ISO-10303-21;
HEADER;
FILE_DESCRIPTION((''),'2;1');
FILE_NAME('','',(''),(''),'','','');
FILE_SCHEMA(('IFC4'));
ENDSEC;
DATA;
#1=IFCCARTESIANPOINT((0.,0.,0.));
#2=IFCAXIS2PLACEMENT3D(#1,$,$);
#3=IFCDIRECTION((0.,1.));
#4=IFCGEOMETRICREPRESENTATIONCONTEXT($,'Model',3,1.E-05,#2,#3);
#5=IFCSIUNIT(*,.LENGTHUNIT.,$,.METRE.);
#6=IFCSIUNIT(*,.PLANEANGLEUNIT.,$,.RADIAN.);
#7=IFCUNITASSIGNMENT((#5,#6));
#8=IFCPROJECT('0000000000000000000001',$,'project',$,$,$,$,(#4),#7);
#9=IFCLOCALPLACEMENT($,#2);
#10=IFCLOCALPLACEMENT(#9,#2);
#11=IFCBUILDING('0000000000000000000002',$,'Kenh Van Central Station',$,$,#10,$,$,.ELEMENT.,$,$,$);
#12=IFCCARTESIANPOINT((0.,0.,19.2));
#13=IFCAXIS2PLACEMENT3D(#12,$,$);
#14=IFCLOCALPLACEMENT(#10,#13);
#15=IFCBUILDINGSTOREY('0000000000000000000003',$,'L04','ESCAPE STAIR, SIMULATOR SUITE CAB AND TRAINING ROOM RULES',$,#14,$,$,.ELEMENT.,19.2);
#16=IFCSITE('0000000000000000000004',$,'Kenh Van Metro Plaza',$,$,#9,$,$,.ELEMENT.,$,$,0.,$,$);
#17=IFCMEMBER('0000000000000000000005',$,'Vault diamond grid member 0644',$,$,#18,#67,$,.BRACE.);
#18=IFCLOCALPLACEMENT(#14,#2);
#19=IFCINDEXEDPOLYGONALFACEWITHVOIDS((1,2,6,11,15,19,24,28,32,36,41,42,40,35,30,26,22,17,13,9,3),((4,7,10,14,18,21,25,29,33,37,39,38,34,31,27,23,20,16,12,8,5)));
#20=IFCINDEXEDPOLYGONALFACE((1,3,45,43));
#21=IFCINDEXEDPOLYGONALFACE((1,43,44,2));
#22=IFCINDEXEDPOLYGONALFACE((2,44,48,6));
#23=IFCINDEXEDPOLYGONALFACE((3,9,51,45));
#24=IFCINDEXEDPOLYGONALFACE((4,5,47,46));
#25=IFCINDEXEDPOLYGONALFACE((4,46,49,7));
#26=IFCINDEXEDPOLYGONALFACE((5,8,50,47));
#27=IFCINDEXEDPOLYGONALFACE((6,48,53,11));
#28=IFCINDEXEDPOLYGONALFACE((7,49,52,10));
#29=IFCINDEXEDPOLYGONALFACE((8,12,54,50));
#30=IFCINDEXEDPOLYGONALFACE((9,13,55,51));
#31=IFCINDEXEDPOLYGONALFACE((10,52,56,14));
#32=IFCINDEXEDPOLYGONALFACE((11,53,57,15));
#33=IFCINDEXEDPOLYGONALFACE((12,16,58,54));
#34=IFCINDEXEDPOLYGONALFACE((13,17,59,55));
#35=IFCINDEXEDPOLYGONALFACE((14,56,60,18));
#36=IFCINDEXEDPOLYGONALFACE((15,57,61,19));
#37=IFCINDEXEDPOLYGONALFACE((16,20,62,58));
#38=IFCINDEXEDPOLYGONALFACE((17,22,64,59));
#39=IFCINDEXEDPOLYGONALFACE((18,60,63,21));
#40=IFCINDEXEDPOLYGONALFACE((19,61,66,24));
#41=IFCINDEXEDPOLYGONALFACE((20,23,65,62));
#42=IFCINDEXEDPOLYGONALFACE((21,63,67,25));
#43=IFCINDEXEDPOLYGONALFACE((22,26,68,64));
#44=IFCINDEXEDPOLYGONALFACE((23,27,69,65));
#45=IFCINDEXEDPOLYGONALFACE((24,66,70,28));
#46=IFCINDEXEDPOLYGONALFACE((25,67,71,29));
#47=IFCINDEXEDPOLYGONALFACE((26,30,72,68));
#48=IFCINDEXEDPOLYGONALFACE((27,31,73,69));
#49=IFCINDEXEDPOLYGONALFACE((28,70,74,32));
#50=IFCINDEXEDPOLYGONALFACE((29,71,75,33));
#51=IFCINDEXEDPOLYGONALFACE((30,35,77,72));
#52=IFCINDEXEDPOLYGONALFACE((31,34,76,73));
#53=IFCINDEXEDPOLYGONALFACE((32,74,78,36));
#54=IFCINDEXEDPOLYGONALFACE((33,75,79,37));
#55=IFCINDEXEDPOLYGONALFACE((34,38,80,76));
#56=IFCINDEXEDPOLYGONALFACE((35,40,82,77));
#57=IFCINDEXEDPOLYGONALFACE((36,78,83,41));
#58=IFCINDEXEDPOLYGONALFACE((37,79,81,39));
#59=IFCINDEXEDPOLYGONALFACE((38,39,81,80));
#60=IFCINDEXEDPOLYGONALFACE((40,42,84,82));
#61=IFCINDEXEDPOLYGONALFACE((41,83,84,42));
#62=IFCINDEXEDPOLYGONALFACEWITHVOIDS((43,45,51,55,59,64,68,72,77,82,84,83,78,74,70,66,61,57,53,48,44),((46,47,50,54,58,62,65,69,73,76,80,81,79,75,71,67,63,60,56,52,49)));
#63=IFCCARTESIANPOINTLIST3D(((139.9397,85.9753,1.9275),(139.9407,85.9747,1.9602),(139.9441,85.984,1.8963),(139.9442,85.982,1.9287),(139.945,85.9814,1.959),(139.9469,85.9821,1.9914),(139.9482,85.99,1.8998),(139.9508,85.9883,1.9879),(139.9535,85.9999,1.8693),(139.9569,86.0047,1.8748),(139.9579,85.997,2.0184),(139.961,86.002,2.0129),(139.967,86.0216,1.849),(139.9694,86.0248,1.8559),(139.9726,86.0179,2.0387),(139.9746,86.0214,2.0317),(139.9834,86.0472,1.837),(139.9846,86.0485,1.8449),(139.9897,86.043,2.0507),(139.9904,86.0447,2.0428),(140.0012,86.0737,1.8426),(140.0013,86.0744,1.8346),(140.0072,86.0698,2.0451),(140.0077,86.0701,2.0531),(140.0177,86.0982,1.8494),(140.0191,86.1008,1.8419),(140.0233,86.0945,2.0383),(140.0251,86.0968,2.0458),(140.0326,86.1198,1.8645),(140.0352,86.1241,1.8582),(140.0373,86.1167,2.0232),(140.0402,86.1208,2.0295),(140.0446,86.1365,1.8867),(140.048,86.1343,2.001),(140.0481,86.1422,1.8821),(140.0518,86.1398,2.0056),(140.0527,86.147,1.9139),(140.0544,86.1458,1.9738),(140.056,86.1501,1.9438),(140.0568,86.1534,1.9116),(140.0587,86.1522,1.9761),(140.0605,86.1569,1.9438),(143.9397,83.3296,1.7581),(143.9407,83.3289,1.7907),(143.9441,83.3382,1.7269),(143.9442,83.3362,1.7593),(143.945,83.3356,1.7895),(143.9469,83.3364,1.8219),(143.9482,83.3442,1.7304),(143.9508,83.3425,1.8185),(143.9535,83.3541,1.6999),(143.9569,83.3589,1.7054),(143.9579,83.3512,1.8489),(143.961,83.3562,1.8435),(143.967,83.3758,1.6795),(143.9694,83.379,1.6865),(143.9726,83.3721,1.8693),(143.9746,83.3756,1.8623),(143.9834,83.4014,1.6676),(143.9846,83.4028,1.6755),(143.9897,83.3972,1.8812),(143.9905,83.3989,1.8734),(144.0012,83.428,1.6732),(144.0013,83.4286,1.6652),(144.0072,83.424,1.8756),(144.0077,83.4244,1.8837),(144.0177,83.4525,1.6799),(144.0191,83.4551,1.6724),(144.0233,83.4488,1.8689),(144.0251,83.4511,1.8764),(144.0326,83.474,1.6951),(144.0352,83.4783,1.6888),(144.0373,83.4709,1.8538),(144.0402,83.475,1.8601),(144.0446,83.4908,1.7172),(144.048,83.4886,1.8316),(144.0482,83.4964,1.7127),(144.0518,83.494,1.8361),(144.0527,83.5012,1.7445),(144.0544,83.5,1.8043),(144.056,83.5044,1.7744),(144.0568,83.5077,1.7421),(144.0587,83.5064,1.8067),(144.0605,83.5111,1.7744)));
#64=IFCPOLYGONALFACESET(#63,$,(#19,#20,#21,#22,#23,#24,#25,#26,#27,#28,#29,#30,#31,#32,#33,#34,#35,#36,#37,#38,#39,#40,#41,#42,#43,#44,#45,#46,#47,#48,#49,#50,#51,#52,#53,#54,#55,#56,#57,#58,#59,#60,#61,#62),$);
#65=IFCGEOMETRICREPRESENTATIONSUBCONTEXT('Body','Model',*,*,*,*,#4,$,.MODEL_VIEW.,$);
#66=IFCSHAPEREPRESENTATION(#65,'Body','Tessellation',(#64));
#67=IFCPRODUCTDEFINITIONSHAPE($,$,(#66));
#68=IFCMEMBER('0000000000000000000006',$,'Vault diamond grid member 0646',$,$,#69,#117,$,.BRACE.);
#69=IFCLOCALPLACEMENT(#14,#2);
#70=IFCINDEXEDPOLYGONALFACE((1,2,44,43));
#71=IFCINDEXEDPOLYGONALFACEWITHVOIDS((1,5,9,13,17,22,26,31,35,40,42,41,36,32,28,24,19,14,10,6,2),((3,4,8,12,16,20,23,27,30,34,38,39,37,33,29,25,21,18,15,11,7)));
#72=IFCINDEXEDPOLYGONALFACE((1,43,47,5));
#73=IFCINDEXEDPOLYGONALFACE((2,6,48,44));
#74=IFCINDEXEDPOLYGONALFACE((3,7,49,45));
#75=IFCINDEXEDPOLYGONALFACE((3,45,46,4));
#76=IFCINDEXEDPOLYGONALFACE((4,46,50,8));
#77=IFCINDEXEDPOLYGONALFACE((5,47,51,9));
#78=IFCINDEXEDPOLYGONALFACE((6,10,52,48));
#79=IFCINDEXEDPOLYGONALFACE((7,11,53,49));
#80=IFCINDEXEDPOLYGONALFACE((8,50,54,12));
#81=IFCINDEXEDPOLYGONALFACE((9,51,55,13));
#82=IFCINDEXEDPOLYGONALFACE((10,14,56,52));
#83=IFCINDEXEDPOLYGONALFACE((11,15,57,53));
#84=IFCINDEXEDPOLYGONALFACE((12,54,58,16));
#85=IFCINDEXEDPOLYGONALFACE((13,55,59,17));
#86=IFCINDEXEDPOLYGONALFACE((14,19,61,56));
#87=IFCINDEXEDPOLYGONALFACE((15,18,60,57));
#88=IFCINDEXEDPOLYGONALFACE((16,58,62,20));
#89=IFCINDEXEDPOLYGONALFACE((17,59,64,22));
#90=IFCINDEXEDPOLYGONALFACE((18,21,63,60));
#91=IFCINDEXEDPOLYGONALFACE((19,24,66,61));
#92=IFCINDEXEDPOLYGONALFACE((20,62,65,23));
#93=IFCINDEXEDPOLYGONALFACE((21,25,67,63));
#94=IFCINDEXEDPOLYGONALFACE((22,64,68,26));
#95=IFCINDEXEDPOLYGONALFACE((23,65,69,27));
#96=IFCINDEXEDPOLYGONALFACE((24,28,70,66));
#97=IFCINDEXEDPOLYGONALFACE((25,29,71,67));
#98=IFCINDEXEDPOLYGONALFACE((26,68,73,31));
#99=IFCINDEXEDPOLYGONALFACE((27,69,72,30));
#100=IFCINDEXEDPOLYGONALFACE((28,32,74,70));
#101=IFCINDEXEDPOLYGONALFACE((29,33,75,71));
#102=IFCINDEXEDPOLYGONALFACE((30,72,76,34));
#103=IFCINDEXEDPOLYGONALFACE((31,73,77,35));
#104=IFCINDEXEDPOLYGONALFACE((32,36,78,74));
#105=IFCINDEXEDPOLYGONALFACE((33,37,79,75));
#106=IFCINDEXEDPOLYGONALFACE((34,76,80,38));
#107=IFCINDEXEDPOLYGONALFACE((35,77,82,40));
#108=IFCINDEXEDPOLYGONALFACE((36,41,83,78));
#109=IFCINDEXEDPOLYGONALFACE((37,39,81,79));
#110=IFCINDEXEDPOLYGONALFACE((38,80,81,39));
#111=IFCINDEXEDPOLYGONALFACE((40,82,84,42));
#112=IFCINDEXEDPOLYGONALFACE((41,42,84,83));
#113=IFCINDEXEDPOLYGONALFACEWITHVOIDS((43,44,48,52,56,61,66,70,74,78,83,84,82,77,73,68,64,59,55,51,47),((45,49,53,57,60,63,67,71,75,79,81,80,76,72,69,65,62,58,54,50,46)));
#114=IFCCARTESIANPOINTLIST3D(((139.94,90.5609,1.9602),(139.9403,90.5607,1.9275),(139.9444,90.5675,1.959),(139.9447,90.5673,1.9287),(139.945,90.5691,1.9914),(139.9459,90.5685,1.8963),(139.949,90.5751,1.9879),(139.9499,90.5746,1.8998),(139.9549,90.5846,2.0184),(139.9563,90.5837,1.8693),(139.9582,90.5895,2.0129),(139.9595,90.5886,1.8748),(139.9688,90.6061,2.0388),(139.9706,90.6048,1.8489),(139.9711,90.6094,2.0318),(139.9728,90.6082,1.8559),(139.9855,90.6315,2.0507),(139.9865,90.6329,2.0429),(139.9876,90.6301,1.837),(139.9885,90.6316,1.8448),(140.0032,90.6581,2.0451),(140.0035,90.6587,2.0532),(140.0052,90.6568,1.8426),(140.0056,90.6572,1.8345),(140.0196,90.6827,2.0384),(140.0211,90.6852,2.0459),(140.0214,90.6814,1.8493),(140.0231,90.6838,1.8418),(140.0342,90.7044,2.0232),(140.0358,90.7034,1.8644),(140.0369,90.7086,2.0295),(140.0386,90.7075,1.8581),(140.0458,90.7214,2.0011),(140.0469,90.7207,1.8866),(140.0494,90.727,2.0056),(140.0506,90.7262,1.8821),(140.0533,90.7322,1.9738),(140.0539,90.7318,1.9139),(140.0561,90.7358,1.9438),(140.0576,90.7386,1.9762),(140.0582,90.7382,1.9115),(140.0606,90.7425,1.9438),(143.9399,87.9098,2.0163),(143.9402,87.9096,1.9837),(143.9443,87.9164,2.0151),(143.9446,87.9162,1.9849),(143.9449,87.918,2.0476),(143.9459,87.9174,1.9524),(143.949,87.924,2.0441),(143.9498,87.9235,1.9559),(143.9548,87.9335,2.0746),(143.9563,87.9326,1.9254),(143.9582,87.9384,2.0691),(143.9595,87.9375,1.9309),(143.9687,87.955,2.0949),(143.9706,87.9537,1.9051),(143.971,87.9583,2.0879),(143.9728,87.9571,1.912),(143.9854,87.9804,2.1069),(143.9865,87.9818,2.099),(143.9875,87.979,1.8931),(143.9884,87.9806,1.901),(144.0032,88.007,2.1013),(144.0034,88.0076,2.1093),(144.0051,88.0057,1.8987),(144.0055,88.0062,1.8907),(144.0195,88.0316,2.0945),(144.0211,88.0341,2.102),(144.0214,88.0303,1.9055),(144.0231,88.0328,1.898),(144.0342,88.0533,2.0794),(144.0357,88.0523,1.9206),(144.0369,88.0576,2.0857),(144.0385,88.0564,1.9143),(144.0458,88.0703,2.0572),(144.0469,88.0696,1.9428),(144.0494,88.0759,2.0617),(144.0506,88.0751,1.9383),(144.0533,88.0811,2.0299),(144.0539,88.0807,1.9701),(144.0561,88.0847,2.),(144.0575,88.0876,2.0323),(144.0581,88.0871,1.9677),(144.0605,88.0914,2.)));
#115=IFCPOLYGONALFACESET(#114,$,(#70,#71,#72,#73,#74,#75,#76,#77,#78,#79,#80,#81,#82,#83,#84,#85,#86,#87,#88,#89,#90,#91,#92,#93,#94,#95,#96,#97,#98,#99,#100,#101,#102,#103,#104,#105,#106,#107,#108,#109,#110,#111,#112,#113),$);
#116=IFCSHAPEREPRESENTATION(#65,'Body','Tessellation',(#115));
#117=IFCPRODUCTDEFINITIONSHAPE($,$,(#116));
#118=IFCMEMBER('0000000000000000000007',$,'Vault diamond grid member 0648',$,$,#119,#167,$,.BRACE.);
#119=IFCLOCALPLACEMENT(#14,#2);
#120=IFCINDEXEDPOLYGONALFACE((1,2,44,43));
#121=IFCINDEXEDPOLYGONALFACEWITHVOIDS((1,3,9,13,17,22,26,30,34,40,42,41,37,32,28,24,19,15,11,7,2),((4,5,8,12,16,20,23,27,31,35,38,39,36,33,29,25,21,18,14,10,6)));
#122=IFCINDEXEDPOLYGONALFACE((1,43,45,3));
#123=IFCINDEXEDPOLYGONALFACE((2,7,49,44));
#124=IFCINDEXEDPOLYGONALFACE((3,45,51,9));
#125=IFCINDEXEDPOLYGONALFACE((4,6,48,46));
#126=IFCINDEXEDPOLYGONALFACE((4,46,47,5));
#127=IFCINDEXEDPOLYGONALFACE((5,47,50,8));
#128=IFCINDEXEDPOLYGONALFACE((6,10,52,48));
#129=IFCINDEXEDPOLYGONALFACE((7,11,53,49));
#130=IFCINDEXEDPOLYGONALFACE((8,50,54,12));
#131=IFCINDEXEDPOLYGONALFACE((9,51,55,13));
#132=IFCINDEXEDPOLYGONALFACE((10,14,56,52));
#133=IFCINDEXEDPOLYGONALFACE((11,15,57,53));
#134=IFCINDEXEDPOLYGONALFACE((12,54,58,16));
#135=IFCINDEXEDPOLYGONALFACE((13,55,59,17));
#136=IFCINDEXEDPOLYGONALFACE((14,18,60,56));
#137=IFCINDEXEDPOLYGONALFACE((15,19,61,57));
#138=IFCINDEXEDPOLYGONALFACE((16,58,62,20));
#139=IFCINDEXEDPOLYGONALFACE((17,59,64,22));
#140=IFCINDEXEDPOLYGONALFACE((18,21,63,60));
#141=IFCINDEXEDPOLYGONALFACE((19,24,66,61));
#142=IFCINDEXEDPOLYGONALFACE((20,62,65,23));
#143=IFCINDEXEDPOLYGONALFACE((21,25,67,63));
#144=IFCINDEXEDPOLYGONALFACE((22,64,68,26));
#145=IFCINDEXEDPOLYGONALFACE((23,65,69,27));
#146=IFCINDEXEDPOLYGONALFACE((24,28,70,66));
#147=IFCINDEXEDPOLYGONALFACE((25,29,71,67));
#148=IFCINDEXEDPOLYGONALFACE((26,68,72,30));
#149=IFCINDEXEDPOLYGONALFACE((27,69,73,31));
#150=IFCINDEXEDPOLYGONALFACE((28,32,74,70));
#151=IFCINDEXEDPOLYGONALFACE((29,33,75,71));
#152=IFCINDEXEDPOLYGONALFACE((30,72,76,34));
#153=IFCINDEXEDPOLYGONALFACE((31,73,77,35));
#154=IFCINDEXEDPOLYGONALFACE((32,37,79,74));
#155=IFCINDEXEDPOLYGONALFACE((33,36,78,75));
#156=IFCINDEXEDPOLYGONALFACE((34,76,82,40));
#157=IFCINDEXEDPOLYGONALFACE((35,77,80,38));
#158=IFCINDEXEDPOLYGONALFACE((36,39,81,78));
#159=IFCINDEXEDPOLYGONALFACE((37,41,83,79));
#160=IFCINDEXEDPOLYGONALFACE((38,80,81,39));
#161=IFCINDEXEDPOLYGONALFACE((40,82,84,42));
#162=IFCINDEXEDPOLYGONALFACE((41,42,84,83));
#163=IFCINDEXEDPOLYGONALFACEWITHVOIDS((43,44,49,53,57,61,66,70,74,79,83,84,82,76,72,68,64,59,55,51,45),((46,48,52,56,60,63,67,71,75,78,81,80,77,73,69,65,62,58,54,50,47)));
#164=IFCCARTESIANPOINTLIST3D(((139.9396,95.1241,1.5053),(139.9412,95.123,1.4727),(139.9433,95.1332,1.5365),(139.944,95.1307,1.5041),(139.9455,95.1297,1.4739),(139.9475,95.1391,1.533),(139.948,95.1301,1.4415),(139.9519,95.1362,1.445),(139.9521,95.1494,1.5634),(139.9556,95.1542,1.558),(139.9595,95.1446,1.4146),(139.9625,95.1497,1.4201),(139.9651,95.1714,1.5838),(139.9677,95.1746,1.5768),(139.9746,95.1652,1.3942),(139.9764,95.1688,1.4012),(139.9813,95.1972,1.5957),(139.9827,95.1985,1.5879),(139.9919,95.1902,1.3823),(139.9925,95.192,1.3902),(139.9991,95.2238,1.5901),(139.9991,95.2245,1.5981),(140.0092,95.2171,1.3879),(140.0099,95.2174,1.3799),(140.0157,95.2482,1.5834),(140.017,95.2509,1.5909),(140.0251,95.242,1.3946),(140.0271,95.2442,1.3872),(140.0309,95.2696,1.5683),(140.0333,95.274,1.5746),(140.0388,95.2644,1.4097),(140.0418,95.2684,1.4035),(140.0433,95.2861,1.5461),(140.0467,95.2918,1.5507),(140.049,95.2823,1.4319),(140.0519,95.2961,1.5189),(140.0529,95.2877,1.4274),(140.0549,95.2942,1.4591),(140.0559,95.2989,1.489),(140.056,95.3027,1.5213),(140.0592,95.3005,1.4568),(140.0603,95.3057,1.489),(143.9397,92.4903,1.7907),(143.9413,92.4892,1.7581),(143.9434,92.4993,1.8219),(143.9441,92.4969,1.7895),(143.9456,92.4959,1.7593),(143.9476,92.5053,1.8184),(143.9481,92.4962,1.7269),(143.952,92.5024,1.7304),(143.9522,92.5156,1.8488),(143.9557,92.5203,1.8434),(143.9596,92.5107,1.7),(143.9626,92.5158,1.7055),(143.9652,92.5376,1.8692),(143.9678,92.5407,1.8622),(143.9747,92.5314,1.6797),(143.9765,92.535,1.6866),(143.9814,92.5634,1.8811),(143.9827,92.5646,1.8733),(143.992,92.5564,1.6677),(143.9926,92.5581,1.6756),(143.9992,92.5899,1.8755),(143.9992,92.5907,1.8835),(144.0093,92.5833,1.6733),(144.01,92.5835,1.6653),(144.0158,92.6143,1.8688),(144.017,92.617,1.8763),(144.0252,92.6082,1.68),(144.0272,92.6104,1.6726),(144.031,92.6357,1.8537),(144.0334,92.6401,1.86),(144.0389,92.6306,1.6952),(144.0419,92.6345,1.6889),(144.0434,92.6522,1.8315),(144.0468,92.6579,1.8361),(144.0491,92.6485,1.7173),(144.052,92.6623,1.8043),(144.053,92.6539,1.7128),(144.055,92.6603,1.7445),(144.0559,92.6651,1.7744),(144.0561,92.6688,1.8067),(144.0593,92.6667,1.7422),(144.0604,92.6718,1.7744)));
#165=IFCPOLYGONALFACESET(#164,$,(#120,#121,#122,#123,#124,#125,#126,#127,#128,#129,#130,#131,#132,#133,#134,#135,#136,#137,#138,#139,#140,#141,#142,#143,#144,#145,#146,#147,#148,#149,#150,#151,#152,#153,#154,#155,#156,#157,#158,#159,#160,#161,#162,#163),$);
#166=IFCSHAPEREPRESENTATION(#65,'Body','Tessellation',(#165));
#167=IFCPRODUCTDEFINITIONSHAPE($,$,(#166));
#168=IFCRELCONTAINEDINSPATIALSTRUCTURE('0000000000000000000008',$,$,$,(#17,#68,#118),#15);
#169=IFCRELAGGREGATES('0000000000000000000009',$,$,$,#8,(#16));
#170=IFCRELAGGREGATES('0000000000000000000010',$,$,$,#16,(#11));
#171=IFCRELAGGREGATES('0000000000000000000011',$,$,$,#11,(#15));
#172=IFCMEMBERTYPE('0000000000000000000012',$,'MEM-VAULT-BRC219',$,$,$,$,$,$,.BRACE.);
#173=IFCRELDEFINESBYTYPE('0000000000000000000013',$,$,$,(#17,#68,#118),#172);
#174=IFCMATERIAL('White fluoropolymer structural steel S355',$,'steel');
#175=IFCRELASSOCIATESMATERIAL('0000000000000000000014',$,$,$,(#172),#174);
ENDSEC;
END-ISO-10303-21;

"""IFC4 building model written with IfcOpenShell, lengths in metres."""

from ifc_helpers import new_model, si_unit, direction, frame, origin, origin_2d, place, context, subcontext, project, spatial, hollow_circle, extrude, material, material_profile, profile_set, type_object, element, save


model = new_model("IFC4")

# Units and contexts
model_context = context("Model", 3, precision=1e-05, world=origin(), true_north=direction((0.0, 1.0)))
body_context = subcontext(model_context, "Body", "Model", "MODEL_VIEW")
ifc_project = project(units=[si_unit("LENGTHUNIT", "METRE"), si_unit("PLANEANGLEUNIT", "RADIAN")], contexts=[model_context])

# Site, building, storey
site_placement = place(None, origin())
site = spatial("IfcSite", under=ifc_project, at=site_placement, Name="Kenh Van Metro Plaza", CompositionType="ELEMENT", RefElevation=0.0)
building_placement = place(site_placement, origin())
building = spatial("IfcBuilding", under=site, at=building_placement, Name="Kenh Van Central Station", CompositionType="ELEMENT")
storey_placement = place(building_placement, frame((0.0, 0.0, 19.2)))
storey = spatial("IfcBuildingStorey", under=building, at=storey_placement, Name="L04", Description="ESCAPE STAIR, SIMULATOR SUITE CAB AND TRAINING ROOM RULES", CompositionType="ELEMENT", Elevation=19.2)

# Shared definitions
ifc_material_1 = material(Name="White fluoropolymer structural steel S355", Category="steel")

# Members
ifc_material_profile_1 = material_profile(ifc_material_1, hollow_circle(Radius=0.1096, WallThickness=0.0081, at=origin_2d()), Name="CHS 219.1x8")
ifc_profile_set_1 = profile_set([ifc_material_profile_1], Name="White fluoropolymer structural steel S355")
member_type_1 = type_object("IfcMemberType", Name="MEM-VAULT-BRC219", PredefinedType="BRACE", material=ifc_profile_set_1)
member_1_placement = place(storey_placement, frame((140.0, 86.0654, 1.9438), z_axis=(0.833538, -0.551333, -0.035307), x_axis=(0.551677, 0.834058, 0.0)))
element("IfcMember", 1, at=member_1_placement, inside=storey, type_object=member_type_1, Name="Vault diamond grid member 0644", PredefinedType="BRACE", context=body_context, shape_type="SweptSolid", body=[
    extrude(hollow_circle(Radius=0.1096, WallThickness=0.0081, at=origin_2d()), origin(), (0.0, 0.0, 1.0), 4.7988),
])
member_2_placement = place(storey_placement, frame((140.0, 90.6511, 1.9438), z_axis=(0.833485, -0.552418, 0.011701), x_axis=(0.552456, 0.833542, 0.0)))
element("IfcMember", 2, at=member_2_placement, inside=storey, type_object=member_type_1, Name="Vault diamond grid member 0646", PredefinedType="BRACE", context=body_context, shape_type="SweptSolid", body=[
    extrude(hollow_circle(Radius=0.1096, WallThickness=0.0081, at=origin_2d()), origin(), (0.0, 0.0, 1.0), 4.7991),
])
member_3_placement = place(storey_placement, frame((140.0, 95.2141, 1.489), z_axis=(0.833726, -0.548965, 0.059486), x_axis=(0.549939, 0.835205, 0.0)))
element("IfcMember", 3, at=member_3_placement, inside=storey, type_object=member_type_1, Name="Vault diamond grid member 0648", PredefinedType="BRACE", context=body_context, shape_type="SweptSolid", body=[
    extrude(hollow_circle(Radius=0.1096, WallThickness=0.0081, at=origin_2d()), origin(), (0.0, 0.0, 1.0), 4.7979),
])

save(model, "model.ifc")
